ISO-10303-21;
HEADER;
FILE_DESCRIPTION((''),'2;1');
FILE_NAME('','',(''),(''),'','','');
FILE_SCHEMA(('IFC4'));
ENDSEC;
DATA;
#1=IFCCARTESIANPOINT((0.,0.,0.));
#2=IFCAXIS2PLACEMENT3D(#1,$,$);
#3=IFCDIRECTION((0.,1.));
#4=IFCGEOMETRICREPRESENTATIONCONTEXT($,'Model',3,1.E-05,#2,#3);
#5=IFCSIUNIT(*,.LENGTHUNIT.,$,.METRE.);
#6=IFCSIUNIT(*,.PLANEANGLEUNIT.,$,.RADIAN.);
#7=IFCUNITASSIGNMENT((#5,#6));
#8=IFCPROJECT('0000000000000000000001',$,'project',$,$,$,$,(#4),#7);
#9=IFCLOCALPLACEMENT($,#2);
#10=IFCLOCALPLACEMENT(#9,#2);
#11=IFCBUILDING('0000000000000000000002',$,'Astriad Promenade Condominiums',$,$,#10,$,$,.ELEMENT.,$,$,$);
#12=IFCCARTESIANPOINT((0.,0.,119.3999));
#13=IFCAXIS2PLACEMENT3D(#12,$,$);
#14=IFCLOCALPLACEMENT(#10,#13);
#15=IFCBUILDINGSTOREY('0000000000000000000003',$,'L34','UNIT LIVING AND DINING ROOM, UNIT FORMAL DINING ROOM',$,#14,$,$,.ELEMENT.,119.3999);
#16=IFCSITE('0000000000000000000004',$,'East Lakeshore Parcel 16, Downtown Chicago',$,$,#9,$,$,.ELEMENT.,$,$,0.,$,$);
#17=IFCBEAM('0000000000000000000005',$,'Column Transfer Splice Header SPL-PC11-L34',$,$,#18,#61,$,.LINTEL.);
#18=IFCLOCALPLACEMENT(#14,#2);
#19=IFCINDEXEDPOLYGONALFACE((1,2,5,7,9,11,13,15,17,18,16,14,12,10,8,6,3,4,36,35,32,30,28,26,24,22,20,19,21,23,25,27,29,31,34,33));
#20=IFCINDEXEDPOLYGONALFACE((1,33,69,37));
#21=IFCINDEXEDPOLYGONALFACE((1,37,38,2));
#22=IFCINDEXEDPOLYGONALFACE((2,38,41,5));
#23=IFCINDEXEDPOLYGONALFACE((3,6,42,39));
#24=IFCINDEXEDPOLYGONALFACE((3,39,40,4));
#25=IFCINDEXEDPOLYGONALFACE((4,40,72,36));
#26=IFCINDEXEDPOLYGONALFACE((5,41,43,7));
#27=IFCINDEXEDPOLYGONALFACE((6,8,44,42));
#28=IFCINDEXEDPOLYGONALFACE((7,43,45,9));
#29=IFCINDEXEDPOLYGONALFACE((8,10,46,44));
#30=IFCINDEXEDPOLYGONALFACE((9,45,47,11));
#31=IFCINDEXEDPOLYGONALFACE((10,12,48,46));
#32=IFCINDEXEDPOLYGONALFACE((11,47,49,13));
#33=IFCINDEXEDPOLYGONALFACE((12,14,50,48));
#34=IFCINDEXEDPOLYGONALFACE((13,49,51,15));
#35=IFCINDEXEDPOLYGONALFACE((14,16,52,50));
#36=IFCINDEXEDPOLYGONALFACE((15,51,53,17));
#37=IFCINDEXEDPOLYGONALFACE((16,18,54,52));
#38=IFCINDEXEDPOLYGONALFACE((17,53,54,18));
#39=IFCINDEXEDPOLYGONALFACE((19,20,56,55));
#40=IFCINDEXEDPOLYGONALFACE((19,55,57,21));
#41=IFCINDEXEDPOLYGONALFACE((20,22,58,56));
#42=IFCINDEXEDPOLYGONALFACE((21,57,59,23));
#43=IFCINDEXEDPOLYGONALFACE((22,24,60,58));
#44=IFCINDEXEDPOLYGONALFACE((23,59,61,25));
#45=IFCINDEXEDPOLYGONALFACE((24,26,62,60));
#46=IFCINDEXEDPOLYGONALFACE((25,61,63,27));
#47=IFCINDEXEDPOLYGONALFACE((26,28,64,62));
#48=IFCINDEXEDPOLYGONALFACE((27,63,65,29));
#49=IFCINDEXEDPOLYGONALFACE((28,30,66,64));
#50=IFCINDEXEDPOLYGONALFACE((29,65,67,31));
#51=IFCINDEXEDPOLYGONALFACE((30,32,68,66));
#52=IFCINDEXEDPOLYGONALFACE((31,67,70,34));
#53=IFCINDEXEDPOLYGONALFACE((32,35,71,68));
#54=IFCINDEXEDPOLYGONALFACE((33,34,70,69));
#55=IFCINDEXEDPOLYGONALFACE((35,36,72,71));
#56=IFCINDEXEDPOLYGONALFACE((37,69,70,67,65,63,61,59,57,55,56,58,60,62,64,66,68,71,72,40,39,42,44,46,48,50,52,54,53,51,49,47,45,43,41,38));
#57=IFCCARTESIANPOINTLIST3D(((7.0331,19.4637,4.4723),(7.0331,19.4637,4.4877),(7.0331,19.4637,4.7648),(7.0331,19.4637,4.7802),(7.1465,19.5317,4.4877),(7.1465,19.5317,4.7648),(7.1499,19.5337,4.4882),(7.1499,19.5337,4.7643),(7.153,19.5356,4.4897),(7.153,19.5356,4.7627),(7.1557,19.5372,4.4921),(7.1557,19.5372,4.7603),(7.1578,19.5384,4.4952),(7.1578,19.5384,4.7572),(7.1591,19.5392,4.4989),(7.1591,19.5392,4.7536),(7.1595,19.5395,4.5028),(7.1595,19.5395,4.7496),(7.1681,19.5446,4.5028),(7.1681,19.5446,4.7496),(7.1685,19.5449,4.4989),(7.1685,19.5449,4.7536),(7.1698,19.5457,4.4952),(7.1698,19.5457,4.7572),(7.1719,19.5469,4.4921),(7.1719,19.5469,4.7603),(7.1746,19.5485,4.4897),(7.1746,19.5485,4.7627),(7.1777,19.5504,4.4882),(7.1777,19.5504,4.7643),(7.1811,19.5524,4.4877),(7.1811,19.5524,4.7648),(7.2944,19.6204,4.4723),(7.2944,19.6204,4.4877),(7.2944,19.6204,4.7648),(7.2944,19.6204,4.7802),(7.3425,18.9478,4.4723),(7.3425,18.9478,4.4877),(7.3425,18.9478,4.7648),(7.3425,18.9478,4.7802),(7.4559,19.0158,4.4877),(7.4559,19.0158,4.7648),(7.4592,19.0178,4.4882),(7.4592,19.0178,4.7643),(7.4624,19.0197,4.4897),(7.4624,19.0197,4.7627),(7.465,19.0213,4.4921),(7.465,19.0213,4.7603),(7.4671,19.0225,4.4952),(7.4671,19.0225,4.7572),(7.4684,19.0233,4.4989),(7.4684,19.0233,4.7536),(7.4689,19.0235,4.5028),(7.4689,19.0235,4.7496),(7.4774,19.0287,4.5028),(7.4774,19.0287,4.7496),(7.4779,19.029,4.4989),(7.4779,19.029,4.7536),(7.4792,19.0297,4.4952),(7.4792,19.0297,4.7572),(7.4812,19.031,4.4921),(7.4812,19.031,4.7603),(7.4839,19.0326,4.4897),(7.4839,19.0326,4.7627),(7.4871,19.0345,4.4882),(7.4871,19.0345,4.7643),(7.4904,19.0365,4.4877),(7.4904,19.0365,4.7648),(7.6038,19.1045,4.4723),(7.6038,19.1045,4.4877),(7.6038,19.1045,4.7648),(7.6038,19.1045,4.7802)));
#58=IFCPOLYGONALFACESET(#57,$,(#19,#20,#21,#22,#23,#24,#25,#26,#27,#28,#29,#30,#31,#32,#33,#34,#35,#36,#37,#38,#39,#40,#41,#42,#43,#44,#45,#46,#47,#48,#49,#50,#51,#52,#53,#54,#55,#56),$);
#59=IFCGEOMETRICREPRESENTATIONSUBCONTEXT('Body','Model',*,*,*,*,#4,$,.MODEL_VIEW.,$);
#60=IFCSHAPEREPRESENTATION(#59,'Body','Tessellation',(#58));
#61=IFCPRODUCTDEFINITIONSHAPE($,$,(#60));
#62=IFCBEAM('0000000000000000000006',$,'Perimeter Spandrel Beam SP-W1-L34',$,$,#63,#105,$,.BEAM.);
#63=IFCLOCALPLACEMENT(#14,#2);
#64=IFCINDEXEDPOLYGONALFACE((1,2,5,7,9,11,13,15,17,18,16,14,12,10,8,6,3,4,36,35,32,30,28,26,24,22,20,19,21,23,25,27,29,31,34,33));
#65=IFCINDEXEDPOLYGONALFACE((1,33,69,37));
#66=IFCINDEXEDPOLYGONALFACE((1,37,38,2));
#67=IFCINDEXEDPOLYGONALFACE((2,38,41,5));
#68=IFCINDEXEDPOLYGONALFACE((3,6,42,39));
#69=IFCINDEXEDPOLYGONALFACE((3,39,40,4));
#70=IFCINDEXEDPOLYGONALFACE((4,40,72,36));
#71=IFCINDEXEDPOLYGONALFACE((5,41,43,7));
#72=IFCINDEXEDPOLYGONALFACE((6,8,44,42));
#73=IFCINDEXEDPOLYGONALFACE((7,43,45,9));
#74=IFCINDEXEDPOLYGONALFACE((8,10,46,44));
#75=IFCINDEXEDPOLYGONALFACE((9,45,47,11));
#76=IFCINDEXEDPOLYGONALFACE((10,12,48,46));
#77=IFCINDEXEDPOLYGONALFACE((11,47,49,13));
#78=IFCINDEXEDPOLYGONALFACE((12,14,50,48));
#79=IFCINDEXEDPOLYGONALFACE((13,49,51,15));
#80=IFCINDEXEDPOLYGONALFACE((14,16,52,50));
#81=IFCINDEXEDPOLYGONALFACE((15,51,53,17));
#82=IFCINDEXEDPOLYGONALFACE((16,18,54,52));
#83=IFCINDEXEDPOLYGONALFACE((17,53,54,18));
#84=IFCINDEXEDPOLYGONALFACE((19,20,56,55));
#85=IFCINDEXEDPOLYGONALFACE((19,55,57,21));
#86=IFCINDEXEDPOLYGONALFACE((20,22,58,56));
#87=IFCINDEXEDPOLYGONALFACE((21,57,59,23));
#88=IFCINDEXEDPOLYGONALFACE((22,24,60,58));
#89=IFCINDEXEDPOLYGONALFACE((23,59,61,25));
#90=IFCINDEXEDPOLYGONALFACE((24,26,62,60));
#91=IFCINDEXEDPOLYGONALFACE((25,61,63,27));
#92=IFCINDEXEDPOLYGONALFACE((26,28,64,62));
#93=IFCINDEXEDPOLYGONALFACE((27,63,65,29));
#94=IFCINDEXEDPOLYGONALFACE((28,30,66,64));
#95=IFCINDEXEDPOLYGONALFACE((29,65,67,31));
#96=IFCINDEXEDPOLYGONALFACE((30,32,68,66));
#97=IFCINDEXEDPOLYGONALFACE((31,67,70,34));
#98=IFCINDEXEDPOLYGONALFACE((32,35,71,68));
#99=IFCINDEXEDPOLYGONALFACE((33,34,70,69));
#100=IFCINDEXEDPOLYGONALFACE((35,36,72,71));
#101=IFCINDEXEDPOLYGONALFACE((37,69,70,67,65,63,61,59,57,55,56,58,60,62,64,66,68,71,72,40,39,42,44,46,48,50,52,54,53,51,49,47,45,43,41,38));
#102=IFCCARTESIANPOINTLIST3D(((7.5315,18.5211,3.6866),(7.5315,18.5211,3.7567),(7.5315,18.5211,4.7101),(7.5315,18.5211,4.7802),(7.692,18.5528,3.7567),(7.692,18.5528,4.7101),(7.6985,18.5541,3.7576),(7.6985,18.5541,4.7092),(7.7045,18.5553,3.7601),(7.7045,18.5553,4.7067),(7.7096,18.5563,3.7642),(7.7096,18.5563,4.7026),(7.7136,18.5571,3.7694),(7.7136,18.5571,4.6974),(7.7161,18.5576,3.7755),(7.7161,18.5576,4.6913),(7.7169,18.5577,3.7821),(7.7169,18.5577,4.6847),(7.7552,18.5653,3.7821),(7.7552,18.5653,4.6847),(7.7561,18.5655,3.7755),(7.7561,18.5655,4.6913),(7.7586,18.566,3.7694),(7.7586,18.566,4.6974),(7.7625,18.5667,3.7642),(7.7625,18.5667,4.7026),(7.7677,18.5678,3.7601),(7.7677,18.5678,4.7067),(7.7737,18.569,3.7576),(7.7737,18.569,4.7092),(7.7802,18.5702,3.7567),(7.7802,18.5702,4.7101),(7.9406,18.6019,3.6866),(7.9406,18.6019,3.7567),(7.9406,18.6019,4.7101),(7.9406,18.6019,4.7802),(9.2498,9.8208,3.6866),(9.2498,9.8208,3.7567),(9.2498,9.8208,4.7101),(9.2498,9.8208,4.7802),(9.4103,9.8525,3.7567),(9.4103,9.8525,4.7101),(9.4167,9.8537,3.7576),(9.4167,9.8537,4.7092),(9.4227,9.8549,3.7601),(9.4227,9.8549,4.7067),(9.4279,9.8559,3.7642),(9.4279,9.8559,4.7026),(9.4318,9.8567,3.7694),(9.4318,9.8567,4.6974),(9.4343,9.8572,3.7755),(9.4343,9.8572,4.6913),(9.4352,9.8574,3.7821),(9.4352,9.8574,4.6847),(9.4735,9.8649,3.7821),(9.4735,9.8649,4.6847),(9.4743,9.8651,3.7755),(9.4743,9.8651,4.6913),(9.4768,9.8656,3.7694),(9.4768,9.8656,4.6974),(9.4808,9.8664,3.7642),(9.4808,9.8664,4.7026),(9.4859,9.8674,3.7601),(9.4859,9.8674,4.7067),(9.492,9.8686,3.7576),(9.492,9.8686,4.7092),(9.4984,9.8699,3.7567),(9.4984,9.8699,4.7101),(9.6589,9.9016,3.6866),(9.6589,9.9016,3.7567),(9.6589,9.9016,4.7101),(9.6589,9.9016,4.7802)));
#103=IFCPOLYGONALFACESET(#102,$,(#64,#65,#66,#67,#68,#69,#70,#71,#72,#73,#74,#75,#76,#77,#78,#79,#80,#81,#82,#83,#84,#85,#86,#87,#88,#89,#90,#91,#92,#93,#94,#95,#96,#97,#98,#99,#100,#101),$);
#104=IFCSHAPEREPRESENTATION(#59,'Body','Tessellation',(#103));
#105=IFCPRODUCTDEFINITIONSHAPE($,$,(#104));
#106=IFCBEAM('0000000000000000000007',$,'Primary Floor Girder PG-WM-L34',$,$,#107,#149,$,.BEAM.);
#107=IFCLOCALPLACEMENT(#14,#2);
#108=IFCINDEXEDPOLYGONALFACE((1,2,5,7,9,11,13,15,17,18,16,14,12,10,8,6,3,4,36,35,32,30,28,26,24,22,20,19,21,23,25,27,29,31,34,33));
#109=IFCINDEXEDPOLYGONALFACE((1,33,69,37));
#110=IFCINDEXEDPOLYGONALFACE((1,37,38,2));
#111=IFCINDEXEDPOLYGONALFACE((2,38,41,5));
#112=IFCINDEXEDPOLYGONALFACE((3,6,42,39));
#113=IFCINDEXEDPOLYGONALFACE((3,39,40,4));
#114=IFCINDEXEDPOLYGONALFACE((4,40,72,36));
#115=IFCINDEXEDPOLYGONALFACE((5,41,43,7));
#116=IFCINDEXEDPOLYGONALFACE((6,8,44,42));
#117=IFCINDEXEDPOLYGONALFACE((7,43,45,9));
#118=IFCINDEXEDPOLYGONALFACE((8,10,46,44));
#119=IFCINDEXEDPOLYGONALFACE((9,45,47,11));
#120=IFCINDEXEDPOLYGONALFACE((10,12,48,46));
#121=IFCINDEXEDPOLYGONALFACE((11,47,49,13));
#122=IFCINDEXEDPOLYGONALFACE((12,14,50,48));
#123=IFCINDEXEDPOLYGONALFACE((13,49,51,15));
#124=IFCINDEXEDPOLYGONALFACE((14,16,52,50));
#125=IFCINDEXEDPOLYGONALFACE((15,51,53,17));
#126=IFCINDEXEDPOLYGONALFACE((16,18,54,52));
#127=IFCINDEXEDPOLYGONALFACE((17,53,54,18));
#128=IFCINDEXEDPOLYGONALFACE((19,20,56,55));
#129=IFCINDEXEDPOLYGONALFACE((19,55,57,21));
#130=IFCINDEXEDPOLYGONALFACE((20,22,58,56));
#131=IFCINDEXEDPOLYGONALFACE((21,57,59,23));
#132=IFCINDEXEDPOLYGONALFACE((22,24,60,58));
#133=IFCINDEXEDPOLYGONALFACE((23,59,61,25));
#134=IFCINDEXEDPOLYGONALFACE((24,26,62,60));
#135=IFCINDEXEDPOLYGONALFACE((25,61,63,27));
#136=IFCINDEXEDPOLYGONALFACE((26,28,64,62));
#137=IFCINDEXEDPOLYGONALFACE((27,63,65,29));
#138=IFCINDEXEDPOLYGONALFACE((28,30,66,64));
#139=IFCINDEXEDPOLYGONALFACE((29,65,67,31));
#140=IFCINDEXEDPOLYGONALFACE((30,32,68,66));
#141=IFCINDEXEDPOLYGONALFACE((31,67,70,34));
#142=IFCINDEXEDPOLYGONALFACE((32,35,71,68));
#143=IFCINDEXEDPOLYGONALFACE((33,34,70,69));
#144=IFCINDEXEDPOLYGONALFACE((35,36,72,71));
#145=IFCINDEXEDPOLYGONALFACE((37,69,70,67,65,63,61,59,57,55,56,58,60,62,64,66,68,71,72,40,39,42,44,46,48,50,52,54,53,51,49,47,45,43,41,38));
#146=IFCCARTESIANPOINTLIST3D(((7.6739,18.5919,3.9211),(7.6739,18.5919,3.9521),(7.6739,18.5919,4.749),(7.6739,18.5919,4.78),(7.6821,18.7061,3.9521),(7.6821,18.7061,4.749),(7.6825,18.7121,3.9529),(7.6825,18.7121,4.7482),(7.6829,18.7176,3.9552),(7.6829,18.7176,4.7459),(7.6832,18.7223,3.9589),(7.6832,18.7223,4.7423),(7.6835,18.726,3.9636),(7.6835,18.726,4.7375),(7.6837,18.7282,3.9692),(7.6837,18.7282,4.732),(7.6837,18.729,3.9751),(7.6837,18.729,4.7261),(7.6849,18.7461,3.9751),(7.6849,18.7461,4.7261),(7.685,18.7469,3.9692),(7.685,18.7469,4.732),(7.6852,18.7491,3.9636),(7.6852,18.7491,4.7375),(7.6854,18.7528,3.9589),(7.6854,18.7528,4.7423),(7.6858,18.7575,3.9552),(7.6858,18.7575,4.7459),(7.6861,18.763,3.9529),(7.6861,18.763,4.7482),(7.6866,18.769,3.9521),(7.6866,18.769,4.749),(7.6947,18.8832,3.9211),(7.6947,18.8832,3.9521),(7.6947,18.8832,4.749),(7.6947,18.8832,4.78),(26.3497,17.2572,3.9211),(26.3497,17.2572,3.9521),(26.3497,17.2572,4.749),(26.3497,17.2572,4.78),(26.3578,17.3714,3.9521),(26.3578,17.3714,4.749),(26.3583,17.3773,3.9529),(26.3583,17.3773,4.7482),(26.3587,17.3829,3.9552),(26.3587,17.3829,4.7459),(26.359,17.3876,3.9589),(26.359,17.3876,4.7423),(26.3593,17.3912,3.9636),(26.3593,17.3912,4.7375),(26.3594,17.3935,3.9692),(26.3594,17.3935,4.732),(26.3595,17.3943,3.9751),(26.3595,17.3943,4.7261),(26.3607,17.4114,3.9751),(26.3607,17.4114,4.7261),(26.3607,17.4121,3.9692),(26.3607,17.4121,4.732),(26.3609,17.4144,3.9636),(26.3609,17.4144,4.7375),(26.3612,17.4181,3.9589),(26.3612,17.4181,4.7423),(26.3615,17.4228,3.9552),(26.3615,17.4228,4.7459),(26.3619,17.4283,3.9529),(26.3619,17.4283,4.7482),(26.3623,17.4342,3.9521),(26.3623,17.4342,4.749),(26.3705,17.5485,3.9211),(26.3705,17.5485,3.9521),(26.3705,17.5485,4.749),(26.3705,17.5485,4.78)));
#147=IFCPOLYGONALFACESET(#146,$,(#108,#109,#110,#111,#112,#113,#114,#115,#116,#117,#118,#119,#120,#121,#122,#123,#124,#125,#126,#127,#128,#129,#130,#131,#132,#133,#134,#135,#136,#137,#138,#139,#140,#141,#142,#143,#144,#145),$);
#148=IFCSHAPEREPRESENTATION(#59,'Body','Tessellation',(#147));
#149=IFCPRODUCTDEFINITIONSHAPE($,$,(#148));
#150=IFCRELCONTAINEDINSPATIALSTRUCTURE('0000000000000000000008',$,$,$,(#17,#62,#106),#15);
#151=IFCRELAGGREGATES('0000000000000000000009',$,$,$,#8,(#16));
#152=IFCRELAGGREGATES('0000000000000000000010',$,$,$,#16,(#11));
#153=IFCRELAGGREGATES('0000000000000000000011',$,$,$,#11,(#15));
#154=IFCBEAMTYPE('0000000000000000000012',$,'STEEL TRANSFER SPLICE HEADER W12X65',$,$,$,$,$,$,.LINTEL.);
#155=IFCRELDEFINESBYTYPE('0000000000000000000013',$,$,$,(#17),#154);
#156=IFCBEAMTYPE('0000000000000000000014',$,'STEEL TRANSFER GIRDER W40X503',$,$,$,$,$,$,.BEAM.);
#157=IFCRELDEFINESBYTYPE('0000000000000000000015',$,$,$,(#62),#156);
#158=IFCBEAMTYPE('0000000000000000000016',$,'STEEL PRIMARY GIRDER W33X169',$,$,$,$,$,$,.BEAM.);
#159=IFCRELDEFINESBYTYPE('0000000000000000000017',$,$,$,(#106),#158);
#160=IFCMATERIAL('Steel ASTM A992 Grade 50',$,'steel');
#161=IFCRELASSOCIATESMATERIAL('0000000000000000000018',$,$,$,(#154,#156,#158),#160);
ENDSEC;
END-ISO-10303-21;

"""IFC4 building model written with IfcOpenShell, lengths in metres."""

from ifc_helpers import new_model, si_unit, direction, frame, origin, origin_2d, place, context, subcontext, project, spatial, i_section, extrude, source, transform, mapped, material, material_profile, profile_set, type_object, type_shapes, element, save


model = new_model("IFC4")

# Units and contexts
model_context = context("Model", 3, precision=1e-05, world=origin(), true_north=direction((0.0, 1.0)))
body_context = subcontext(model_context, "Body", "Model", "MODEL_VIEW")
ifc_project = project(units=[si_unit("LENGTHUNIT", "METRE"), si_unit("PLANEANGLEUNIT", "RADIAN")], contexts=[model_context])

# Site, building, storey
site_placement = place(None, origin())
site = spatial("IfcSite", under=ifc_project, at=site_placement, Name="East Lakeshore Parcel 16, Downtown Chicago", CompositionType="ELEMENT", RefElevation=0.0)
building_placement = place(site_placement, origin())
building = spatial("IfcBuilding", under=site, at=building_placement, Name="Astriad Promenade Condominiums", CompositionType="ELEMENT")
storey_placement = place(building_placement, frame((0.0, 0.0, 119.3999)))
storey = spatial("IfcBuildingStorey", under=building, at=storey_placement, Name="L34", Description="UNIT LIVING AND DINING ROOM, UNIT FORMAL DINING ROOM", CompositionType="ELEMENT", Elevation=119.3999)

# Beams
ifc_material_1 = material(Name="Steel ASTM A992 Grade 50", Category="steel")
ifc_material_profile_1 = material_profile(ifc_material_1, i_section(OverallWidth=0.3047, OverallDepth=0.3079, WebThickness=0.01, FlangeThickness=0.0154, FilletRadius=0.0151, at=origin_2d()), Name="W12X65")
ifc_profile_set_1 = profile_set([ifc_material_profile_1], Name="Steel ASTM A992 Grade 50")
beam_type_1 = type_object("IfcBeamType", Name="STEEL TRANSFER SPLICE HEADER W12X65", PredefinedType="LINTEL", material=ifc_profile_set_1)
shared_shape_1 = source(origin(), body_context, "Body", "SweptSolid", [
    extrude(i_section(OverallWidth=0.3047, OverallDepth=0.3079, WebThickness=0.01, FlangeThickness=0.0154, FilletRadius=0.0151, at=origin_2d()), origin(), (0.0, 0.0, 1.0), 0.6016),
])
type_shapes(beam_type_1, [shared_shape_1])
beam_1_placement = place(storey_placement, frame((7.4731, 19.0261, 4.6262), z_axis=(-0.514257, 0.857636, 0.0), x_axis=(-0.857636, -0.514257, 0.0)))
element("IfcBeam", 1, at=beam_1_placement, inside=storey, type_object=beam_type_1, Name="Column Transfer Splice Header SPL-PC11-L34", PredefinedType="LINTEL", context=body_context, shape_type="MappedRepresentation", body=[
    mapped(shared_shape_1, transform((0.0, 0.0, 0.0), scale=1.0)),
])
ifc_material_profile_2 = material_profile(ifc_material_1, i_section(OverallWidth=0.417, OverallDepth=1.0935, WebThickness=0.0391, FlangeThickness=0.0701, FilletRadius=0.0254, at=origin_2d()), Name="W40X503")
ifc_profile_set_2 = profile_set([ifc_material_profile_2], Name="Steel ASTM A992 Grade 50")
beam_type_2 = type_object("IfcBeamType", Name="STEEL TRANSFER GIRDER W40X503", PredefinedType="BEAM", material=ifc_profile_set_2)
shared_shape_2 = source(origin(), body_context, "Body", "SweptSolid", [
    extrude(i_section(OverallWidth=0.417, OverallDepth=1.0935, WebThickness=0.0391, FlangeThickness=0.0701, FilletRadius=0.0254, at=origin_2d()), origin(), (0.0, 0.0, 1.0), 8.8684),
])
type_shapes(beam_type_2, [shared_shape_2])
beam_2_placement = place(storey_placement, frame((7.7361, 18.5615, 4.2334), z_axis=(0.193749, -0.981051, 0.0), x_axis=(0.981051, 0.193749, 0.0)))
element("IfcBeam", 2, at=beam_2_placement, inside=storey, type_object=beam_type_2, Name="Perimeter Spandrel Beam SP-W1-L34", PredefinedType="BEAM", context=body_context, shape_type="MappedRepresentation", body=[
    mapped(shared_shape_2, transform((0.0, 0.0, 0.0), scale=1.0)),
])
ifc_material_profile_3 = material_profile(ifc_material_1, i_section(OverallWidth=0.292, OverallDepth=0.8589, WebThickness=0.0171, FlangeThickness=0.031, FilletRadius=0.0229, at=origin_2d()), Name="W33X169")
ifc_profile_set_3 = profile_set([ifc_material_profile_3], Name="Steel ASTM A992 Grade 50")
beam_type_3 = type_object("IfcBeamType", Name="STEEL PRIMARY GIRDER W33X169", PredefinedType="BEAM", material=ifc_profile_set_3)
shared_shape_3 = source(origin(), body_context, "Body", "SweptSolid", [
    extrude(i_section(OverallWidth=0.292, OverallDepth=0.8589, WebThickness=0.0171, FlangeThickness=0.031, FilletRadius=0.0229, at=origin_2d()), origin(), (0.0, 0.0, 1.0), 18.7234),
])
type_shapes(beam_type_3, [shared_shape_3])
beam_3_placement = place(storey_placement, frame((7.6843, 18.7375, 4.3506), z_axis=(0.997456, -0.071286, 0.0), x_axis=(0.071286, 0.997456, 0.0)))
element("IfcBeam", 3, at=beam_3_placement, inside=storey, type_object=beam_type_3, Name="Primary Floor Girder PG-WM-L34", PredefinedType="BEAM", context=body_context, shape_type="MappedRepresentation", body=[
    mapped(shared_shape_3, transform((0.0, 0.0, 0.0), scale=1.0)),
])

save(model, "model.ifc")
